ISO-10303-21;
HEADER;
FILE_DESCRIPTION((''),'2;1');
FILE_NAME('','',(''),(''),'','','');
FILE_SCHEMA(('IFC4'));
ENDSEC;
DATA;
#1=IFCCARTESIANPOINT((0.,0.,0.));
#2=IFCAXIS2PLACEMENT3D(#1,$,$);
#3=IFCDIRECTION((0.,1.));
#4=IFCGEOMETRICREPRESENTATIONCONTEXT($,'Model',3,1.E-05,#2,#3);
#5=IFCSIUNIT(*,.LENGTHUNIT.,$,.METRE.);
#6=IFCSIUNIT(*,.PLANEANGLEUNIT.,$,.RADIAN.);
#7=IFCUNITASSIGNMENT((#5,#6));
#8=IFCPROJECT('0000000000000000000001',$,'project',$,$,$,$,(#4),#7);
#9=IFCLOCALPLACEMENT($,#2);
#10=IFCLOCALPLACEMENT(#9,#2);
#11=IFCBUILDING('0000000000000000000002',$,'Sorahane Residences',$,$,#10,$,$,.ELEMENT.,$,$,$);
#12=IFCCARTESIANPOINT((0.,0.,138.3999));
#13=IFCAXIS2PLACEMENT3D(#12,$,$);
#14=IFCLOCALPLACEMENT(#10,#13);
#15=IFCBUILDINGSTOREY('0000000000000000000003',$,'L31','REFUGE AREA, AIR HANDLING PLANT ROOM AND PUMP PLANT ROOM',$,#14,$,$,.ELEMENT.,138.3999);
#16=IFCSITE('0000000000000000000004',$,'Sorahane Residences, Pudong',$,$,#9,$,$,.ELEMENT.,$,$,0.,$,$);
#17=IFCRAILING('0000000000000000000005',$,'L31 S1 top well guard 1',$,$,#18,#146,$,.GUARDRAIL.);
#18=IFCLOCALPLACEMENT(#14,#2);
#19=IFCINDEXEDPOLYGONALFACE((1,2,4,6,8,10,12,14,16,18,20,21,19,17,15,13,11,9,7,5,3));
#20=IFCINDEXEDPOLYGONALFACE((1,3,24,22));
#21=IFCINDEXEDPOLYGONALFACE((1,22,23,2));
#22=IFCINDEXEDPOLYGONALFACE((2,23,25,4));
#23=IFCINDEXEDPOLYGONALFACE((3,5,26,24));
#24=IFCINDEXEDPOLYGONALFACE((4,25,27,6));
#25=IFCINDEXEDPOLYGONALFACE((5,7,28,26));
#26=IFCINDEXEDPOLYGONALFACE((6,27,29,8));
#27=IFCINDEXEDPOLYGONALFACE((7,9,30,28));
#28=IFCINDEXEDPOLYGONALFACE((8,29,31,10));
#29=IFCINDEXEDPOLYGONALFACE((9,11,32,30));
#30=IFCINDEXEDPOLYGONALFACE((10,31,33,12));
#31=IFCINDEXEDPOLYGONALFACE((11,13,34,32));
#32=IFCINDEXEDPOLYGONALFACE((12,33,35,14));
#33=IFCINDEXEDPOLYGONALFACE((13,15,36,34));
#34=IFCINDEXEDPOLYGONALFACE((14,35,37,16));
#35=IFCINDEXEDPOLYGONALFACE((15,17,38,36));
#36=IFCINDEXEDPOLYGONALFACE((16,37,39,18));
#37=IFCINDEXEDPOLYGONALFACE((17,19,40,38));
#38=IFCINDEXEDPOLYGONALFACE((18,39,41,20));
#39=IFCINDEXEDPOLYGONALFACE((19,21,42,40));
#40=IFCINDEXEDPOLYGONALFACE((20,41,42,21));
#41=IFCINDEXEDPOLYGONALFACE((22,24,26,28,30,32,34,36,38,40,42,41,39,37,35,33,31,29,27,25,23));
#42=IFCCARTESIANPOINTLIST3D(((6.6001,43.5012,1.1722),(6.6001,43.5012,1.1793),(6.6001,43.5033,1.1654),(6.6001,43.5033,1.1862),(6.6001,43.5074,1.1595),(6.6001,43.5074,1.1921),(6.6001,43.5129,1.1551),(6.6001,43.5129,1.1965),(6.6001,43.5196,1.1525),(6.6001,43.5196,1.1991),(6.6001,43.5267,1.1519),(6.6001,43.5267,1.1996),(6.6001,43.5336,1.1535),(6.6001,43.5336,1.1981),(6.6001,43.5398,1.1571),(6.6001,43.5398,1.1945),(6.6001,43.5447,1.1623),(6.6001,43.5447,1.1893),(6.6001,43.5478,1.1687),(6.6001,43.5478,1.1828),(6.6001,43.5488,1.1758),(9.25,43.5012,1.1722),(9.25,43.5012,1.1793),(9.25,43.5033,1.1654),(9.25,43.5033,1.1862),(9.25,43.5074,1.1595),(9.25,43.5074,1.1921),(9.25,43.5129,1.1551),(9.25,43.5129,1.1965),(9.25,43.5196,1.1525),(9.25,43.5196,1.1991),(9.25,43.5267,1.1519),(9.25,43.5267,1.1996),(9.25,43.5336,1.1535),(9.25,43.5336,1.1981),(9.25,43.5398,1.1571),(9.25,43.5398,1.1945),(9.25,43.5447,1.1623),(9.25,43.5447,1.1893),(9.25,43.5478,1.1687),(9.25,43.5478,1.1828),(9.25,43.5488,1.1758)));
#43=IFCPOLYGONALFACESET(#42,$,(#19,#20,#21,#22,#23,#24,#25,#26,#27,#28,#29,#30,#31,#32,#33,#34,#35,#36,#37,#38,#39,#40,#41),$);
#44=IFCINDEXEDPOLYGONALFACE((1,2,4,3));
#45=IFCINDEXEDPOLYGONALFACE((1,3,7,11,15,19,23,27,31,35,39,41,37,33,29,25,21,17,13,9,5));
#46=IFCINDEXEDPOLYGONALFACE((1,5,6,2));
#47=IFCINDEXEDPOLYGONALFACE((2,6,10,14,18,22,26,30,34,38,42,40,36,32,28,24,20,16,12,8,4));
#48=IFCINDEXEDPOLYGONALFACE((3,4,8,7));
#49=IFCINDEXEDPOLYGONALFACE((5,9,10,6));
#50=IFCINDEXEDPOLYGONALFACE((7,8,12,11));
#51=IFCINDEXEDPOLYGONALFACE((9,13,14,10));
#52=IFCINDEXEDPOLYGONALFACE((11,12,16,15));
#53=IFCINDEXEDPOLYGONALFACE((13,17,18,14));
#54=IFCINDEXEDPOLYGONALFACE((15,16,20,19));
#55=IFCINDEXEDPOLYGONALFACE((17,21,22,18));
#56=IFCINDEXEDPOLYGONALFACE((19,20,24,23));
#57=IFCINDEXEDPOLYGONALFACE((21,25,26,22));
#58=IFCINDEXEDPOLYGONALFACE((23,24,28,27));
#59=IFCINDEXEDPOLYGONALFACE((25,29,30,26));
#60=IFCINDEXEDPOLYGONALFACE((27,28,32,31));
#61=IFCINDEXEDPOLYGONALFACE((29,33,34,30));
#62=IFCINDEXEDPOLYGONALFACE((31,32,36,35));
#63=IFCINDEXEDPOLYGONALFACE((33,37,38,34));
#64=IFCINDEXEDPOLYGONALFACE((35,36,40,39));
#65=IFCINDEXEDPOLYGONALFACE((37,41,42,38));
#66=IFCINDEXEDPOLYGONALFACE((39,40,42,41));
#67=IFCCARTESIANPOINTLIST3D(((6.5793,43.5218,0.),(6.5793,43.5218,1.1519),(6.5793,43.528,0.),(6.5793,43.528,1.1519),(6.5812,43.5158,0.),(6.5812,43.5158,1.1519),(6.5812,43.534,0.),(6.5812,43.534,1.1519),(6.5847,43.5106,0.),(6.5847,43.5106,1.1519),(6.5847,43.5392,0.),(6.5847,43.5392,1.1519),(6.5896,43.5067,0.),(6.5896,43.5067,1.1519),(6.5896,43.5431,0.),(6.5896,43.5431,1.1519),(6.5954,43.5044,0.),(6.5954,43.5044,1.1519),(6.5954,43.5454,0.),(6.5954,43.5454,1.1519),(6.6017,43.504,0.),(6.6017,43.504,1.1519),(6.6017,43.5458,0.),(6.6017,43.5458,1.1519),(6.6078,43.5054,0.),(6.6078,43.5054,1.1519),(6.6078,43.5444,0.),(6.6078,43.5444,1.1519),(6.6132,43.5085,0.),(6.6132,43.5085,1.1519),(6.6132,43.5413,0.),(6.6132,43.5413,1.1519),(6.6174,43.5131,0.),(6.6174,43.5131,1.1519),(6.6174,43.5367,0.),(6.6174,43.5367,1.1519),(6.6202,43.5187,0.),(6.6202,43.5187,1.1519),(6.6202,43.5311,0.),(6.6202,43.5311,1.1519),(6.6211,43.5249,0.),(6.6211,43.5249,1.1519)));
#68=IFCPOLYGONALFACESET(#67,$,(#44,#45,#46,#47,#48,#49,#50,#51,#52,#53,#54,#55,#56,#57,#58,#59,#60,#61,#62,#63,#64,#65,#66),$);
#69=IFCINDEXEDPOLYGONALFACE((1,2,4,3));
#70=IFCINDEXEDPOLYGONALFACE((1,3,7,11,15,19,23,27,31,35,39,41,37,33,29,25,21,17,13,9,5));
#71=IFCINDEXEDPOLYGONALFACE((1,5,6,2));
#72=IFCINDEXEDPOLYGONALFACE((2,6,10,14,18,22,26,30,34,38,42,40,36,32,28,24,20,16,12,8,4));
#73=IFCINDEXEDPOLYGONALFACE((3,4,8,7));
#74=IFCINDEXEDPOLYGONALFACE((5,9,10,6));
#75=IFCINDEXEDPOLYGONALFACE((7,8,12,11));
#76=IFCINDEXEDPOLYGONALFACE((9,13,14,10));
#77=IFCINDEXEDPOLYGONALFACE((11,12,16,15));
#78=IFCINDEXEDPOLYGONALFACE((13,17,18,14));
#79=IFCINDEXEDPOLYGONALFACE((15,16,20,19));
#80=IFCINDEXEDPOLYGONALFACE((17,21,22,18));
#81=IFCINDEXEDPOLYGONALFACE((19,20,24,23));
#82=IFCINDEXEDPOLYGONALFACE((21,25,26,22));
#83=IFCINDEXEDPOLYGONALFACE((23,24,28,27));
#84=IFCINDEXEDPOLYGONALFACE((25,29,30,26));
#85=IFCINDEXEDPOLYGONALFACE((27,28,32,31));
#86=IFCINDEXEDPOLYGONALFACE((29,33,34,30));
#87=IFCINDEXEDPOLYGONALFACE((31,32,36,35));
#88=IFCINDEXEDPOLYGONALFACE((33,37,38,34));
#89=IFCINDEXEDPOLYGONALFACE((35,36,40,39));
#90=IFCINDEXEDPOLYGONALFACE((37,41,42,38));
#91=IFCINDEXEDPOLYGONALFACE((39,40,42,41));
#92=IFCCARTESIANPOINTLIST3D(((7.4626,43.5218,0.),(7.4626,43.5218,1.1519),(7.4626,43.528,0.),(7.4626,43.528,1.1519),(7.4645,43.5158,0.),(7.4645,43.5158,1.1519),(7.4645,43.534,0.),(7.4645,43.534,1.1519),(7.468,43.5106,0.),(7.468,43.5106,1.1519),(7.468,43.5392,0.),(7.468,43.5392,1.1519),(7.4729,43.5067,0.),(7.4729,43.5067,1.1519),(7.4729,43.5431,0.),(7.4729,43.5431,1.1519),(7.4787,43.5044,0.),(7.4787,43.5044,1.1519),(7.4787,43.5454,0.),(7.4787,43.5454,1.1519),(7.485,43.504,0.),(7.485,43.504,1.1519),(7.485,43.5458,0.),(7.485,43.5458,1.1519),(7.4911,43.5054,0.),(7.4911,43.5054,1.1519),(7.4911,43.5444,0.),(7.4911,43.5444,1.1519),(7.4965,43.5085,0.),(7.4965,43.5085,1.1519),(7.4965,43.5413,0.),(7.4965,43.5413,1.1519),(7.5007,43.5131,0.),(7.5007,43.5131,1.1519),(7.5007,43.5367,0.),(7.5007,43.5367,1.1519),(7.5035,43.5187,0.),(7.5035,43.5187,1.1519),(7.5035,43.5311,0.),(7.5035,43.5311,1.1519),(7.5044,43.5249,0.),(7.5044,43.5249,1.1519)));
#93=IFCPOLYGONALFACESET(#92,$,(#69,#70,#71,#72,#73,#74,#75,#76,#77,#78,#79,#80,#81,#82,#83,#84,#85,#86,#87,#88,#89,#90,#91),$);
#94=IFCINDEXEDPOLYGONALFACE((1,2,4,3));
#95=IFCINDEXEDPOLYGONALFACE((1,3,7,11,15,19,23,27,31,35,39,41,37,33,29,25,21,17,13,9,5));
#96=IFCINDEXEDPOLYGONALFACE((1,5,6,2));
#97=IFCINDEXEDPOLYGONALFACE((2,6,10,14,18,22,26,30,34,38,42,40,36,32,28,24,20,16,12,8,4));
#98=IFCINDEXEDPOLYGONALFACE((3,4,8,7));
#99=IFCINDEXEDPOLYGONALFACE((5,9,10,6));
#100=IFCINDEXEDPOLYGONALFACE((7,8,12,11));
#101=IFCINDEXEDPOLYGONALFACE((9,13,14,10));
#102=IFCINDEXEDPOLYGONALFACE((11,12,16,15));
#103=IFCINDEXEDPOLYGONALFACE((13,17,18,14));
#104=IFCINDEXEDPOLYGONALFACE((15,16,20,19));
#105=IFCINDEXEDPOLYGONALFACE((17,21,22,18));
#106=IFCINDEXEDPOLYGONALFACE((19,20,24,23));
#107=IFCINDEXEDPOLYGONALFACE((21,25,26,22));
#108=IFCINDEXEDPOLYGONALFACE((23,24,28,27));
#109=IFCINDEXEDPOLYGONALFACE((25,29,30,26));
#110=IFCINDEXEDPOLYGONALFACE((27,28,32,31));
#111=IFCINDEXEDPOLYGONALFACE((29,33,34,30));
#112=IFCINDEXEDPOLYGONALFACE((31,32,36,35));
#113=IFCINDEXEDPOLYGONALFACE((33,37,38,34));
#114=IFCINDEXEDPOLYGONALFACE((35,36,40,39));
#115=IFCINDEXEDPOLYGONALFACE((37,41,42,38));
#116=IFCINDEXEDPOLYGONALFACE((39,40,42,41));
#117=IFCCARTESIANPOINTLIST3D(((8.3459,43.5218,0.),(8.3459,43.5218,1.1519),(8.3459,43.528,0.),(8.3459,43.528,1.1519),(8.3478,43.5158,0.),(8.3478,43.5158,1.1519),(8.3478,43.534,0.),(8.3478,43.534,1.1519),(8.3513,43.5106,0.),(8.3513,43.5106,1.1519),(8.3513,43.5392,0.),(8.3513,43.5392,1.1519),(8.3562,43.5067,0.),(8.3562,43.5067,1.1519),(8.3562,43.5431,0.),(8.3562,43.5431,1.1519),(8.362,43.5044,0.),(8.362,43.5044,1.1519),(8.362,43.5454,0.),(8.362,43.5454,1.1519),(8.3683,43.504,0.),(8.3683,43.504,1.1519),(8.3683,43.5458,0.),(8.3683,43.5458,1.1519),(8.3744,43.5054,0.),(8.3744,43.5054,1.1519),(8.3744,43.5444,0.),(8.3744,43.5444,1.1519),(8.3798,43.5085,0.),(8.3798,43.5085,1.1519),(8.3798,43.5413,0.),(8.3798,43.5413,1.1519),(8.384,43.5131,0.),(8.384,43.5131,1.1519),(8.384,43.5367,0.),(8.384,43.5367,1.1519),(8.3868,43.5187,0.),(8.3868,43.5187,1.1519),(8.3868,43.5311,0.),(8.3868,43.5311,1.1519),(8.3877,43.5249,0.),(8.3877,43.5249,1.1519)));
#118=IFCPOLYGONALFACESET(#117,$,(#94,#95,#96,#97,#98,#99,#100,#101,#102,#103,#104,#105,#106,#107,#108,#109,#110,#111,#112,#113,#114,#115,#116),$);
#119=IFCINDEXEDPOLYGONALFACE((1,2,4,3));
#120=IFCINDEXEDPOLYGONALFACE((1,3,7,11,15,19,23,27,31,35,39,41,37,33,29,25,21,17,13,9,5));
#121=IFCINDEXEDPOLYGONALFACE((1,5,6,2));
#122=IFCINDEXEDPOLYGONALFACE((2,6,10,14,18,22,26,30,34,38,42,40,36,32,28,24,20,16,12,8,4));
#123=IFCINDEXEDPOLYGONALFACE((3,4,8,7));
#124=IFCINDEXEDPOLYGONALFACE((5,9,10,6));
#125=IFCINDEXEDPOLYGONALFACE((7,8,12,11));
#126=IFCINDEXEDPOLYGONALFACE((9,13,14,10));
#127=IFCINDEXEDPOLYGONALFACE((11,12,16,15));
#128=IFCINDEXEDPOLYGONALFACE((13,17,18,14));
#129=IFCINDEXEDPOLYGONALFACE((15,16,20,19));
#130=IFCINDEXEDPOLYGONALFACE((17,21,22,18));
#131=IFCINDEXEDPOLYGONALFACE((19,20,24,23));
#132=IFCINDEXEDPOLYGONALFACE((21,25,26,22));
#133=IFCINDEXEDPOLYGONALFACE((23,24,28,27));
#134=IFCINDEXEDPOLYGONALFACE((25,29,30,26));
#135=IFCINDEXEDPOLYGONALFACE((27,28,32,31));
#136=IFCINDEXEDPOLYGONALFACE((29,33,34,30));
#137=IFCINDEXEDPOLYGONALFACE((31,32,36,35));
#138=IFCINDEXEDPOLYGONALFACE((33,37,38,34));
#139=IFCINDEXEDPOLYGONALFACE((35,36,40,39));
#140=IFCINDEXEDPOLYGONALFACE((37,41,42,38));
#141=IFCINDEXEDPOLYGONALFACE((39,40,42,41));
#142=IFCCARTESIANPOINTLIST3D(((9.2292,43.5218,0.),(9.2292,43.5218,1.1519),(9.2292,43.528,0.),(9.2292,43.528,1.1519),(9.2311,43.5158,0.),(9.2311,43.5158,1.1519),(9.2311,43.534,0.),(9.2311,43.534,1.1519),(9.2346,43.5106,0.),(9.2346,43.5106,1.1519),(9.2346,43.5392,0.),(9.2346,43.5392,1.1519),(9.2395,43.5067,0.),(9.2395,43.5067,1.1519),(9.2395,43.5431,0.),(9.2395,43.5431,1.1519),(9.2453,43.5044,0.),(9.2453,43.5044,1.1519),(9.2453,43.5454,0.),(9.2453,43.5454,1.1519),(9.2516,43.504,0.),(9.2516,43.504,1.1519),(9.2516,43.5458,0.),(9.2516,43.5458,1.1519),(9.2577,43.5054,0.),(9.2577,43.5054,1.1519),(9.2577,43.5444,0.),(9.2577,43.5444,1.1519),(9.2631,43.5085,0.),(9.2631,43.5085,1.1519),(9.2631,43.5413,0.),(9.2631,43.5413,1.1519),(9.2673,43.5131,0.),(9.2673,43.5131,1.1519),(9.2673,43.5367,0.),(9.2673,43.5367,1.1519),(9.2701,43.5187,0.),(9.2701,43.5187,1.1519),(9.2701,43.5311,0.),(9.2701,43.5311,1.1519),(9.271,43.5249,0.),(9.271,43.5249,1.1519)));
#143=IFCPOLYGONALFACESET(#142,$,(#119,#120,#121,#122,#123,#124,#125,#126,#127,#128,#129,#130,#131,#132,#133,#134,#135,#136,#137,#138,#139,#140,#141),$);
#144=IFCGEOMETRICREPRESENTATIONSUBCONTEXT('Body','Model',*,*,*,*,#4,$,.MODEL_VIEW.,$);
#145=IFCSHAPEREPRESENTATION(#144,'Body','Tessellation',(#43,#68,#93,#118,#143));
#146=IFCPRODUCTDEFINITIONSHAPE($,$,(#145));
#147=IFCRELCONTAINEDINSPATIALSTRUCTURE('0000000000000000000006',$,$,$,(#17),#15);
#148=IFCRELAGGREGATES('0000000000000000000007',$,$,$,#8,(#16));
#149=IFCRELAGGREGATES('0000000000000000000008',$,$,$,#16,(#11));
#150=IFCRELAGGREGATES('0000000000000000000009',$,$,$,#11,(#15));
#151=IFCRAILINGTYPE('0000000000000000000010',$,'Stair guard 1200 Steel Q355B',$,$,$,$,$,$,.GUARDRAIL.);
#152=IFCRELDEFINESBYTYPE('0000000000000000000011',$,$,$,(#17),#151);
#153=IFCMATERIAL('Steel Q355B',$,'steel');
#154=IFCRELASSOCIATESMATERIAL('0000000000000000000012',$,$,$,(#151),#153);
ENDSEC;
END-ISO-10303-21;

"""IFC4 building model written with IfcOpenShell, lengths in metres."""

from ifc_helpers import new_model, si_unit, direction, frame, origin, origin_2d, place, context, subcontext, project, spatial, circle, extrude, material, type_object, element, save


model = new_model("IFC4")

# Units and contexts
model_context = context("Model", 3, precision=1e-05, world=origin(), true_north=direction((0.0, 1.0)))
body_context = subcontext(model_context, "Body", "Model", "MODEL_VIEW")
ifc_project = project(units=[si_unit("LENGTHUNIT", "METRE"), si_unit("PLANEANGLEUNIT", "RADIAN")], contexts=[model_context])

# Site, building, storey
site_placement = place(None, origin())
site = spatial("IfcSite", under=ifc_project, at=site_placement, Name="Sorahane Residences, Pudong", CompositionType="ELEMENT", RefElevation=0.0)
building_placement = place(site_placement, origin())
building = spatial("IfcBuilding", under=site, at=building_placement, Name="Sorahane Residences", CompositionType="ELEMENT")
storey_placement = place(building_placement, frame((0.0, 0.0, 138.3999)))
storey = spatial("IfcBuildingStorey", under=building, at=storey_placement, Name="L31", Description="REFUGE AREA, AIR HANDLING PLANT ROOM AND PUMP PLANT ROOM", CompositionType="ELEMENT", Elevation=138.3999)

# Railing
ifc_material_1 = material(Name="Steel Q355B", Category="steel")
railing_type = type_object("IfcRailingType", Name="Stair guard 1200 Steel Q355B", PredefinedType="GUARDRAIL", material=ifc_material_1)
railing_1_placement = place(storey_placement, frame((6.6001, 43.5249, 0.0)))
element("IfcRailing", 1, at=railing_1_placement, inside=storey, type_object=railing_type, Name="L31 S1 top well guard 1", PredefinedType="GUARDRAIL", context=body_context, shape_type="SweptSolid", body=[
    extrude(circle(Radius=0.0239, at=origin_2d()), frame((0.0, 0.0, 1.1758), z_axis=(1.0, 0.0, 0.0), x_axis=(0.0, 1.0, 0.0)), (0.0, 0.0, 1.0), 2.6499),
    extrude(circle(Radius=0.021, at=origin_2d()), origin(), (0.0, 0.0, 1.0), 1.1519),
    extrude(circle(Radius=0.021, at=origin_2d()), frame((0.8833, 0.0, 0.0)), (0.0, 0.0, 1.0), 1.1519),
    extrude(circle(Radius=0.021, at=origin_2d()), frame((1.7666, 0.0, 0.0)), (0.0, 0.0, 1.0), 1.1519),
    extrude(circle(Radius=0.021, at=origin_2d()), frame((2.6499, 0.0, 0.0)), (0.0, 0.0, 1.0), 1.1519),
])

save(model, "model.ifc")
